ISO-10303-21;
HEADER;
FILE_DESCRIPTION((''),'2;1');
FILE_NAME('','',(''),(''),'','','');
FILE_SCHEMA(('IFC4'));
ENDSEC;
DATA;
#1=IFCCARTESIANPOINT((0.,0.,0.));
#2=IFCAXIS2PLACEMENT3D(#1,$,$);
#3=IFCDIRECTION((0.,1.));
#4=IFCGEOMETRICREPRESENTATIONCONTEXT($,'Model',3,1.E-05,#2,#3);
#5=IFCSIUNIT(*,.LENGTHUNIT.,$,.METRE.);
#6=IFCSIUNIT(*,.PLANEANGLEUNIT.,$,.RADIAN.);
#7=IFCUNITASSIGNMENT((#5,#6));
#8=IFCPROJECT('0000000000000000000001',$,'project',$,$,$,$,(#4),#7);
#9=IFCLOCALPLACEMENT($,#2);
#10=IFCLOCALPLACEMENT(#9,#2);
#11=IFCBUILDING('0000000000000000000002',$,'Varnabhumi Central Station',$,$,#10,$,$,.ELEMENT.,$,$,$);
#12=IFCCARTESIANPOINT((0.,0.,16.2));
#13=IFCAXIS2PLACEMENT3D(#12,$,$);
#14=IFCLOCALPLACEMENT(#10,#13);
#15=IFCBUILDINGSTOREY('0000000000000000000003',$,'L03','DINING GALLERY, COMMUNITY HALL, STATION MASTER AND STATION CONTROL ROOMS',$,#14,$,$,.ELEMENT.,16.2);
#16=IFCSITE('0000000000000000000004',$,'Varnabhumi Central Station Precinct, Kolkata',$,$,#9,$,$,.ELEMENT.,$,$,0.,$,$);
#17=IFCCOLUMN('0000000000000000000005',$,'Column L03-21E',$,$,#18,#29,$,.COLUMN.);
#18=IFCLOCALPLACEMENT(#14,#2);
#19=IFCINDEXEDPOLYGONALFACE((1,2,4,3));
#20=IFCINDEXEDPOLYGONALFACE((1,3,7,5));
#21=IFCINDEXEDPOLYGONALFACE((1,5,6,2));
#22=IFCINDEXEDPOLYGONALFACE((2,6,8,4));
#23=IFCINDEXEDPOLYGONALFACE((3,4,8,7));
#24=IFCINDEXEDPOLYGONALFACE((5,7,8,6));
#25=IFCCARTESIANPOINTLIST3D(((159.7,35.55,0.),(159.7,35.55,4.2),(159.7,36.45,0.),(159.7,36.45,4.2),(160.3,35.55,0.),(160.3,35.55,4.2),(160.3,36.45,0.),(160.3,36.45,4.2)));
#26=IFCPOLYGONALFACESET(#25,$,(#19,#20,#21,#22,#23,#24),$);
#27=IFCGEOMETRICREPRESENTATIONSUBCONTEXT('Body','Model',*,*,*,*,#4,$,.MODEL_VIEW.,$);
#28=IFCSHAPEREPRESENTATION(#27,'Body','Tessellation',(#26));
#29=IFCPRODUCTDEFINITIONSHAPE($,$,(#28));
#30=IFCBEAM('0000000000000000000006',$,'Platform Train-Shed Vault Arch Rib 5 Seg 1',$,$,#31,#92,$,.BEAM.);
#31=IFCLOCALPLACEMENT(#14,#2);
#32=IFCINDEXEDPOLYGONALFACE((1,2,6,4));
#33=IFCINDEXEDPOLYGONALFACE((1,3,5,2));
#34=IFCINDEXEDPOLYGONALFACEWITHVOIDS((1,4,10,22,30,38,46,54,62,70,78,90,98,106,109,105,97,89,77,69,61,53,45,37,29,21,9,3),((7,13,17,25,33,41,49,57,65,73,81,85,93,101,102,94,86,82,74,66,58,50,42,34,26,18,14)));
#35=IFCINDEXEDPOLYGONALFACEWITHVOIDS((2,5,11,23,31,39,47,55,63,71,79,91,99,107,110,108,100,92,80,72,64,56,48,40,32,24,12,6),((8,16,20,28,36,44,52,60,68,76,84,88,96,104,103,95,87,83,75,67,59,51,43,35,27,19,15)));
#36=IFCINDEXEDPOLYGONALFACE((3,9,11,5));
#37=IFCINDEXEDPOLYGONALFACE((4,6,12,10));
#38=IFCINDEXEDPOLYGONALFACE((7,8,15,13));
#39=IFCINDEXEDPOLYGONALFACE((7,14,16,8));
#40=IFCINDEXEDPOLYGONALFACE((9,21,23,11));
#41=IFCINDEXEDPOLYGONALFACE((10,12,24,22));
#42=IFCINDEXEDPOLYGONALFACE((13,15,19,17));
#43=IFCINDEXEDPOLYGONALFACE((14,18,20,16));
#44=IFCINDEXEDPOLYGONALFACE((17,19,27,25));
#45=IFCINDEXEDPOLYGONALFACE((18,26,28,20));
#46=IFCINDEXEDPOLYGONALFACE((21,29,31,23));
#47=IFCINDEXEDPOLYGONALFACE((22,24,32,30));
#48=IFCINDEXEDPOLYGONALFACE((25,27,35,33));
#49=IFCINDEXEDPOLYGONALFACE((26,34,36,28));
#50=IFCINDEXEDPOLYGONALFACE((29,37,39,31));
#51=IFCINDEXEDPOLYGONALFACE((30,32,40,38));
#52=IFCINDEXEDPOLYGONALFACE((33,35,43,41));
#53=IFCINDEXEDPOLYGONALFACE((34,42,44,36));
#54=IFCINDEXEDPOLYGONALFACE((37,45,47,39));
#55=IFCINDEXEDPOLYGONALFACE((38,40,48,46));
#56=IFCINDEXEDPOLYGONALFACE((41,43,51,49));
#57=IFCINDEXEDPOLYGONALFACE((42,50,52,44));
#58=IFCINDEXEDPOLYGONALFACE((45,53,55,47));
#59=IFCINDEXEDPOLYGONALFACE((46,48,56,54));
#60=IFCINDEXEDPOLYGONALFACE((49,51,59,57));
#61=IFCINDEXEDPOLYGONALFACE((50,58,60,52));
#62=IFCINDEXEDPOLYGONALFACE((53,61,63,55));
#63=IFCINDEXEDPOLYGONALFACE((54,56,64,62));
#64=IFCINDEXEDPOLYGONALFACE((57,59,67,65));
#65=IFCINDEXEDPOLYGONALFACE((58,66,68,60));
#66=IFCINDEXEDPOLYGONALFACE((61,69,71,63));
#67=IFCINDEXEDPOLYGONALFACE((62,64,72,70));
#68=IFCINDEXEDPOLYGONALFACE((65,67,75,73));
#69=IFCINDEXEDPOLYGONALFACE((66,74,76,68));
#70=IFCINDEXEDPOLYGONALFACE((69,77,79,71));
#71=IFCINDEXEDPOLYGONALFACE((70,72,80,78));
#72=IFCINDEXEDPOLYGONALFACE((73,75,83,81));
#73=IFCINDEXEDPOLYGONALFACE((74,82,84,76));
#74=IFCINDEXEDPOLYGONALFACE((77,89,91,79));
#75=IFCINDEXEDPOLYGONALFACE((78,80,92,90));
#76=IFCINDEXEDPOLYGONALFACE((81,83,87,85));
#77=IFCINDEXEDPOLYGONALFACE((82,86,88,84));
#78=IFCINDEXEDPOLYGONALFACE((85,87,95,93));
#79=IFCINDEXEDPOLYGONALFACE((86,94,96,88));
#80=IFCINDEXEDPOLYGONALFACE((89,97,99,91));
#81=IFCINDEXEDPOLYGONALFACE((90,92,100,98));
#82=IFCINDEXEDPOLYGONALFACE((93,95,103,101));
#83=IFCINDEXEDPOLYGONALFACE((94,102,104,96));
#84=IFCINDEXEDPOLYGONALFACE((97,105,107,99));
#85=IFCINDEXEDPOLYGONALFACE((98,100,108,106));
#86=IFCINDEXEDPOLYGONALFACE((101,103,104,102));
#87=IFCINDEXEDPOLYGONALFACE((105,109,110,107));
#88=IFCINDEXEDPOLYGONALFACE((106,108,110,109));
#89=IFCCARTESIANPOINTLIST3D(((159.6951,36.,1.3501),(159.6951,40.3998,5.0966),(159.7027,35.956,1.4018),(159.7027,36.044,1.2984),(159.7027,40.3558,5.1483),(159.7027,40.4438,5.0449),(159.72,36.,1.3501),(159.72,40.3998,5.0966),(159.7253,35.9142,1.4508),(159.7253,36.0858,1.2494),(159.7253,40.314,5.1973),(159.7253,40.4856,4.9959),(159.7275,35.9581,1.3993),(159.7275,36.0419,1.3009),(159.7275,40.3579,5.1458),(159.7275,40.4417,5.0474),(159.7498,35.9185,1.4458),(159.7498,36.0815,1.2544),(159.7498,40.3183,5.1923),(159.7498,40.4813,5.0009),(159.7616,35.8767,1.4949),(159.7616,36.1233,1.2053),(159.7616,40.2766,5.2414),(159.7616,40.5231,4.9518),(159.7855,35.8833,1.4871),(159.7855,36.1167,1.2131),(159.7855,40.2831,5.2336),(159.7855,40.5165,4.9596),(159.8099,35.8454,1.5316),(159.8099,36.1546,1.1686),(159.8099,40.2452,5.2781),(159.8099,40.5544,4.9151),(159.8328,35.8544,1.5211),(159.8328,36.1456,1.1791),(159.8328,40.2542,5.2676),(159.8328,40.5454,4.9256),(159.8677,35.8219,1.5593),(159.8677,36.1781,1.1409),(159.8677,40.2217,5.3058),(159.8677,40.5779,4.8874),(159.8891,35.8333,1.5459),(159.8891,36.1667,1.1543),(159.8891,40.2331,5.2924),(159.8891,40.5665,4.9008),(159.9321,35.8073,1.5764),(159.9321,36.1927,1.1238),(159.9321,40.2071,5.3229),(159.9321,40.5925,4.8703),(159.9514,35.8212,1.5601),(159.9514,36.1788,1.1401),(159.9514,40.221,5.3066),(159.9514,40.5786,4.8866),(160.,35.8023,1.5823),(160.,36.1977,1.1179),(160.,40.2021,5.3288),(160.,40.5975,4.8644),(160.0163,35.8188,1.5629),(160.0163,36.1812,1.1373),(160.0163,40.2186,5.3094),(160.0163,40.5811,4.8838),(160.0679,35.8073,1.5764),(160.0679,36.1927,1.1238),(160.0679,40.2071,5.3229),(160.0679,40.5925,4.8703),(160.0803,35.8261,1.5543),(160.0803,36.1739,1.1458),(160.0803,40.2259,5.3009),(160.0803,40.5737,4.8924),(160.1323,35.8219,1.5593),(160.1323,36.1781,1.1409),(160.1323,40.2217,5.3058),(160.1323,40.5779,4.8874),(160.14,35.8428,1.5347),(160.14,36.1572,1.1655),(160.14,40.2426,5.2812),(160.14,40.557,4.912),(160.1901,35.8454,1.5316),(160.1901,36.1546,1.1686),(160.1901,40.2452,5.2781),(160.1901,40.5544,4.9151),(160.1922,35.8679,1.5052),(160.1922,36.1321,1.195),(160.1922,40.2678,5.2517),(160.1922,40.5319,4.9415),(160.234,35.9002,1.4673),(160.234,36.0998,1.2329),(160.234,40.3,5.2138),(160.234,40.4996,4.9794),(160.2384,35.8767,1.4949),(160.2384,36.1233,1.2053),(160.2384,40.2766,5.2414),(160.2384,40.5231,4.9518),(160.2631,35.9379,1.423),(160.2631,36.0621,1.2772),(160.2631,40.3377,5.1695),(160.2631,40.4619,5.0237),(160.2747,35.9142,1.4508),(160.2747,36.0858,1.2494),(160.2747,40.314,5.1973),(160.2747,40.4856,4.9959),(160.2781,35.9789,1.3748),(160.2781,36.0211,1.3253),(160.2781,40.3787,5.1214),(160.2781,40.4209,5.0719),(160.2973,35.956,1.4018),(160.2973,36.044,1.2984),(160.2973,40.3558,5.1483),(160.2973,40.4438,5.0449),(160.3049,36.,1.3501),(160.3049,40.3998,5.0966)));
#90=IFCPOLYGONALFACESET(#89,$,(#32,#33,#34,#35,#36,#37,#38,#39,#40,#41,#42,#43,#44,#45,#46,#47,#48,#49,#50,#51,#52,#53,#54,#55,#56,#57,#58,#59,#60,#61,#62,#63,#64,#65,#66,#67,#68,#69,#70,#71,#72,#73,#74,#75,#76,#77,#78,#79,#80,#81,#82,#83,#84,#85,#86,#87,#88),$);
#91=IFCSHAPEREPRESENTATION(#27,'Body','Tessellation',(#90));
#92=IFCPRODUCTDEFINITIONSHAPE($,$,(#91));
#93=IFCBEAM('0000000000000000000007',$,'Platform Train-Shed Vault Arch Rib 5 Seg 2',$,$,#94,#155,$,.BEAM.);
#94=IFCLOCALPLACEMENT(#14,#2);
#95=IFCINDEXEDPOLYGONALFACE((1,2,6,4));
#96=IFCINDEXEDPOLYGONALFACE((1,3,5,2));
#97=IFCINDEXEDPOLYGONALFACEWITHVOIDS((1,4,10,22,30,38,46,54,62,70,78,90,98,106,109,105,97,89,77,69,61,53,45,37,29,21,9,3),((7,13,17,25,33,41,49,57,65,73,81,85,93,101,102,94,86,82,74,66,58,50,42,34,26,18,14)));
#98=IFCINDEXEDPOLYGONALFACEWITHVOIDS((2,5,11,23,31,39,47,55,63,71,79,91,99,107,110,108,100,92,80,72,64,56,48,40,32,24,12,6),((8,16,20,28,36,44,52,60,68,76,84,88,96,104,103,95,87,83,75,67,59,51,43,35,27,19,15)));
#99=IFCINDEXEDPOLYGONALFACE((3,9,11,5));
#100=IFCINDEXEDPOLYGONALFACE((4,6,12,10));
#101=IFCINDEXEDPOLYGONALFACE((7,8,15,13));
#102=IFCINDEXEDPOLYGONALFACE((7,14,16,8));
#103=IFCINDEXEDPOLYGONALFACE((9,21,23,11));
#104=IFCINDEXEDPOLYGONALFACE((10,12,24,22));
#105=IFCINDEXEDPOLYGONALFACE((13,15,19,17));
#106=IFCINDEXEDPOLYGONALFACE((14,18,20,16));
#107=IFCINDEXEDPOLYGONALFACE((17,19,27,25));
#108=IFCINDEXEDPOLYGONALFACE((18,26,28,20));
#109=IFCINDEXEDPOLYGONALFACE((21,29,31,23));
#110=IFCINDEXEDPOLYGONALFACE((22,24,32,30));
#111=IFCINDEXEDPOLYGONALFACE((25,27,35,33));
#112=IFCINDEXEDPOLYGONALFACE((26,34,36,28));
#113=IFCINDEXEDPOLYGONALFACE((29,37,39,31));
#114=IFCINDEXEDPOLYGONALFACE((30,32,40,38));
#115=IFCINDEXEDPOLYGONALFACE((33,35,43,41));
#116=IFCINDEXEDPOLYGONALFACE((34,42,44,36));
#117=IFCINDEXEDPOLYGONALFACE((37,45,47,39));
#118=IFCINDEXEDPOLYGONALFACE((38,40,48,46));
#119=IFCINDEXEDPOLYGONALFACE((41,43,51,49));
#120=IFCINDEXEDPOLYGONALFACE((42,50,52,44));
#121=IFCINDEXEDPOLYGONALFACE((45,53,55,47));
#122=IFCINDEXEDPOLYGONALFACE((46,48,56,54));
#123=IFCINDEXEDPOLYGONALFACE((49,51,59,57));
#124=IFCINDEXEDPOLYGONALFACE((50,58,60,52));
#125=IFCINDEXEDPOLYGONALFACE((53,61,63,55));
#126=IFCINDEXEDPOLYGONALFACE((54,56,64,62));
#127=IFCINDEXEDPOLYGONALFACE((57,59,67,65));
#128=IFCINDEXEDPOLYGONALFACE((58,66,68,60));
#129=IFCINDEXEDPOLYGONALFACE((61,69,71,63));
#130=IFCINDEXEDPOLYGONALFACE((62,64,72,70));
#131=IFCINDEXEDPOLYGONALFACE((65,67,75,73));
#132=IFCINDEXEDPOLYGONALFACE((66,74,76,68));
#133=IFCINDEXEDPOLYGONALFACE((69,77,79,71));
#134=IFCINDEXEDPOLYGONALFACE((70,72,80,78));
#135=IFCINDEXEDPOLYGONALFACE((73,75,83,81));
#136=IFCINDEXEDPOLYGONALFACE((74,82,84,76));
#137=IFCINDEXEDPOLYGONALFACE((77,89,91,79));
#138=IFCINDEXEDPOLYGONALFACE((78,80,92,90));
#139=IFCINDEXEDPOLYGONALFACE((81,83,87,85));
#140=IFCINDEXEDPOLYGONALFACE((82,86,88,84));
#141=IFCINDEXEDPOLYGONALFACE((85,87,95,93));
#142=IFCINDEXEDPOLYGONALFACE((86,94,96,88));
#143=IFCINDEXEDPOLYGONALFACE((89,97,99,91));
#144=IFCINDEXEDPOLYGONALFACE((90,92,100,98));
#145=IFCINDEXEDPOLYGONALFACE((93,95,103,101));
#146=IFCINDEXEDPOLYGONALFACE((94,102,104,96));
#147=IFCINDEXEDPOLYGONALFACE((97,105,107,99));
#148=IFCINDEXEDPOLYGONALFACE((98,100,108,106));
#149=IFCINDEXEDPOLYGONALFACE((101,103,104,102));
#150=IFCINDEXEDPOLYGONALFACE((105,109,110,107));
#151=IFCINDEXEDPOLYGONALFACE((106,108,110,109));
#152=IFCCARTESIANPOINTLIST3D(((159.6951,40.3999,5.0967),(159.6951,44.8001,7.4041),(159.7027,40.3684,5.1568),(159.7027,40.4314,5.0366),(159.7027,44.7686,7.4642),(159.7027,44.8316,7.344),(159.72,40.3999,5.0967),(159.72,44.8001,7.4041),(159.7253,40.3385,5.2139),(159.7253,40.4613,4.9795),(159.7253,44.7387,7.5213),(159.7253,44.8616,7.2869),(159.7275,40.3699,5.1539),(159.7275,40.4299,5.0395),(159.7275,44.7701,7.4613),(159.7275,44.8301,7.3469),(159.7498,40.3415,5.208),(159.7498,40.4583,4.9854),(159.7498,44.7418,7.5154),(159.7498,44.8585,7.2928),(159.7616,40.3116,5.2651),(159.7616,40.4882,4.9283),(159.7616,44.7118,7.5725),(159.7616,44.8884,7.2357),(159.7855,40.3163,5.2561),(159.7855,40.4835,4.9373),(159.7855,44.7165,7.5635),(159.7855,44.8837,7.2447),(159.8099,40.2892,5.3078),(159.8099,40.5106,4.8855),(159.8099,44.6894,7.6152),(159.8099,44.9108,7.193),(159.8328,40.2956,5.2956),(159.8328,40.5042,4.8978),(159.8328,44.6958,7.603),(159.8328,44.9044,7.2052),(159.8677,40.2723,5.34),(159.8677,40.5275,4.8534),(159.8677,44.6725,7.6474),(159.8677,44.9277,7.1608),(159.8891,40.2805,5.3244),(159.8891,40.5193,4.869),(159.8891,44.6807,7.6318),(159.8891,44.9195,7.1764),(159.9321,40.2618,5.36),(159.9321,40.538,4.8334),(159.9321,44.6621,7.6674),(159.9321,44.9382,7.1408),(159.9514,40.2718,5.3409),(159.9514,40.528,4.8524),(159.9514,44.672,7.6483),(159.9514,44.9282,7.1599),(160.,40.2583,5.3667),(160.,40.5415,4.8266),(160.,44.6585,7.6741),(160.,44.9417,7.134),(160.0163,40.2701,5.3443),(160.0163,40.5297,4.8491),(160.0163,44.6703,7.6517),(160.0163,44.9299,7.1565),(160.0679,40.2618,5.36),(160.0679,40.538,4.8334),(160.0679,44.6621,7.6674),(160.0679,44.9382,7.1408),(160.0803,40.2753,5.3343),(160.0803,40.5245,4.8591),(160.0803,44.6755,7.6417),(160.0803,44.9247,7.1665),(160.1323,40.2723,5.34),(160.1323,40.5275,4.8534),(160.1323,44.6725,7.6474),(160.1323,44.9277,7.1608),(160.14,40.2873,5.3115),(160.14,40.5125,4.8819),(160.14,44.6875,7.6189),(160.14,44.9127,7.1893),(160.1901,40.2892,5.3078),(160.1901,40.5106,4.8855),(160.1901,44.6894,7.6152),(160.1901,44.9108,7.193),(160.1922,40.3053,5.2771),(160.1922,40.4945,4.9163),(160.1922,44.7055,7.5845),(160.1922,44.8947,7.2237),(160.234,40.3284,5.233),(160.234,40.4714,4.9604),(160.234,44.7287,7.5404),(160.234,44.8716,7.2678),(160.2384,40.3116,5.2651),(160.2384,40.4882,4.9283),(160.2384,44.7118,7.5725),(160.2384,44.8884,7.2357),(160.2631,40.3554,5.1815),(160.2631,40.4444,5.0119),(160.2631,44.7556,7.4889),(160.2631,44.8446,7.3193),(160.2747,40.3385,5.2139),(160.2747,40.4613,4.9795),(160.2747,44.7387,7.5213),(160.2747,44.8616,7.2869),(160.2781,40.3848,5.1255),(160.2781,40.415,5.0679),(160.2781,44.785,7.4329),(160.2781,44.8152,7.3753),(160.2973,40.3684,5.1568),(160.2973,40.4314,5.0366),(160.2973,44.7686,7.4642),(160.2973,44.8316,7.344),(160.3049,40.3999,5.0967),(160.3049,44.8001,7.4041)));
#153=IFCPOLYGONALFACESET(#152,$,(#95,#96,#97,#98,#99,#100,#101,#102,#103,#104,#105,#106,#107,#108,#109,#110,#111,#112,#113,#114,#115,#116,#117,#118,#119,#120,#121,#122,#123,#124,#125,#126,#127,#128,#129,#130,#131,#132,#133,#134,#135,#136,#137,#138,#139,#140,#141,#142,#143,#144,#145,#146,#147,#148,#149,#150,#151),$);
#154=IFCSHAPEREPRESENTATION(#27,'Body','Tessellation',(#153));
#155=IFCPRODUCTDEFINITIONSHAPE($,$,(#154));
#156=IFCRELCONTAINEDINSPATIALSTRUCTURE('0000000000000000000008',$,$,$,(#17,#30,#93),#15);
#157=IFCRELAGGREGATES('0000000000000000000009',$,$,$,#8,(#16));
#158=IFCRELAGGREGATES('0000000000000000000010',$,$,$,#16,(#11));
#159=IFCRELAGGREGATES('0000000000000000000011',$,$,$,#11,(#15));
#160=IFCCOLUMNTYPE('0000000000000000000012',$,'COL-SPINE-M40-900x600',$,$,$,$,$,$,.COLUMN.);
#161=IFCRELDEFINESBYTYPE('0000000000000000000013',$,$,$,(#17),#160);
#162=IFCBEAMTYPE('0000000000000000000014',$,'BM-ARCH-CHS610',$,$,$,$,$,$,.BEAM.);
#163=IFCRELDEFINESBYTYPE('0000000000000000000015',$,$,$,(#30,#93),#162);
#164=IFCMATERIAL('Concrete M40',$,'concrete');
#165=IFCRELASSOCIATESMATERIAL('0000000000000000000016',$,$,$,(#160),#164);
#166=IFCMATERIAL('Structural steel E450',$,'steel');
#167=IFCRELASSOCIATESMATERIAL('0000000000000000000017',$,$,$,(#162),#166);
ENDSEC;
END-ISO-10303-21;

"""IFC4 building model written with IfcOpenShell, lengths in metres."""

from ifc_helpers import new_model, si_unit, direction, frame, origin, origin_2d, place, context, subcontext, project, spatial, rectangle, hollow_circle, extrude, material, material_profile, profile_set, type_object, element, save


model = new_model("IFC4")

# Units and contexts
model_context = context("Model", 3, precision=1e-05, world=origin(), true_north=direction((0.0, 1.0)))
body_context = subcontext(model_context, "Body", "Model", "MODEL_VIEW")
ifc_project = project(units=[si_unit("LENGTHUNIT", "METRE"), si_unit("PLANEANGLEUNIT", "RADIAN")], contexts=[model_context])

# Site, building, storey
site_placement = place(None, origin())
site = spatial("IfcSite", under=ifc_project, at=site_placement, Name="Varnabhumi Central Station Precinct, Kolkata", CompositionType="ELEMENT", RefElevation=0.0)
building_placement = place(site_placement, origin())
building = spatial("IfcBuilding", under=site, at=building_placement, Name="Varnabhumi Central Station", CompositionType="ELEMENT")
storey_placement = place(building_placement, frame((0.0, 0.0, 16.2)))
storey = spatial("IfcBuildingStorey", under=building, at=storey_placement, Name="L03", Description="DINING GALLERY, COMMUNITY HALL, STATION MASTER AND STATION CONTROL ROOMS", CompositionType="ELEMENT", Elevation=16.2)

# Column
ifc_material_1 = material(Name="Concrete M40", Category="concrete")
ifc_material_profile_1 = material_profile(ifc_material_1, rectangle(XDim=0.6001, YDim=0.8999, at=origin_2d()), Name="Concrete M40", Category="concrete")
ifc_profile_set_1 = profile_set([ifc_material_profile_1], Name="Concrete M40")
column_type = type_object("IfcColumnType", Name="COL-SPINE-M40-900x600", PredefinedType="COLUMN", material=ifc_profile_set_1)
column_placement = place(storey_placement, frame((160.0, 36.0, 0.0), z_axis=(0.0, 0.0, 1.0), x_axis=(1.0, 0.0, 0.0)))
element("IfcColumn", 1, at=column_placement, inside=storey, type_object=column_type, Name="Column L03-21E", PredefinedType="COLUMN", context=body_context, shape_type="SweptSolid", body=[
    extrude(rectangle(XDim=0.6001, YDim=0.8999, at=origin_2d()), origin(), (0.0, 0.0, 1.0), 4.2),
])

# Beams
ifc_material_2 = material(Name="Structural steel E450", Category="steel")
ifc_material_profile_2 = material_profile(ifc_material_2, hollow_circle(Radius=0.3049, WallThickness=0.0249, at=origin_2d()), Name="Structural steel E450", Category="steel")
ifc_profile_set_2 = profile_set([ifc_material_profile_2], Name="Structural steel E450")
beam_type_1 = type_object("IfcBeamType", Name="BM-ARCH-CHS610", PredefinedType="BEAM", material=ifc_profile_set_2)
beam_1_placement = place(storey_placement, frame((160.0, 36.0, 1.3501), z_axis=(0.0, 0.76137, 0.648318), x_axis=(-1.0, 0.0, 0.0)))
element("IfcBeam", 2, at=beam_1_placement, inside=storey, type_object=beam_type_1, Name="Platform Train-Shed Vault Arch Rib 5 Seg 1", PredefinedType="BEAM", context=body_context, shape_type="SweptSolid", body=[
    extrude(hollow_circle(Radius=0.3049, WallThickness=0.0249, at=origin_2d()), origin(), (0.0, 0.0, 1.0), 5.7788),
])
beam_2_placement = place(storey_placement, frame((160.0, 40.3999, 5.0967), z_axis=(0.0, 0.885622, 0.464407), x_axis=(-1.0, 0.0, 0.0)))
element("IfcBeam", 3, at=beam_2_placement, inside=storey, type_object=beam_type_1, Name="Platform Train-Shed Vault Arch Rib 5 Seg 2", PredefinedType="BEAM", context=body_context, shape_type="SweptSolid", body=[
    extrude(hollow_circle(Radius=0.3049, WallThickness=0.0249, at=origin_2d()), origin(), (0.0, 0.0, 1.0), 4.9685),
])

save(model, "model.ifc")
